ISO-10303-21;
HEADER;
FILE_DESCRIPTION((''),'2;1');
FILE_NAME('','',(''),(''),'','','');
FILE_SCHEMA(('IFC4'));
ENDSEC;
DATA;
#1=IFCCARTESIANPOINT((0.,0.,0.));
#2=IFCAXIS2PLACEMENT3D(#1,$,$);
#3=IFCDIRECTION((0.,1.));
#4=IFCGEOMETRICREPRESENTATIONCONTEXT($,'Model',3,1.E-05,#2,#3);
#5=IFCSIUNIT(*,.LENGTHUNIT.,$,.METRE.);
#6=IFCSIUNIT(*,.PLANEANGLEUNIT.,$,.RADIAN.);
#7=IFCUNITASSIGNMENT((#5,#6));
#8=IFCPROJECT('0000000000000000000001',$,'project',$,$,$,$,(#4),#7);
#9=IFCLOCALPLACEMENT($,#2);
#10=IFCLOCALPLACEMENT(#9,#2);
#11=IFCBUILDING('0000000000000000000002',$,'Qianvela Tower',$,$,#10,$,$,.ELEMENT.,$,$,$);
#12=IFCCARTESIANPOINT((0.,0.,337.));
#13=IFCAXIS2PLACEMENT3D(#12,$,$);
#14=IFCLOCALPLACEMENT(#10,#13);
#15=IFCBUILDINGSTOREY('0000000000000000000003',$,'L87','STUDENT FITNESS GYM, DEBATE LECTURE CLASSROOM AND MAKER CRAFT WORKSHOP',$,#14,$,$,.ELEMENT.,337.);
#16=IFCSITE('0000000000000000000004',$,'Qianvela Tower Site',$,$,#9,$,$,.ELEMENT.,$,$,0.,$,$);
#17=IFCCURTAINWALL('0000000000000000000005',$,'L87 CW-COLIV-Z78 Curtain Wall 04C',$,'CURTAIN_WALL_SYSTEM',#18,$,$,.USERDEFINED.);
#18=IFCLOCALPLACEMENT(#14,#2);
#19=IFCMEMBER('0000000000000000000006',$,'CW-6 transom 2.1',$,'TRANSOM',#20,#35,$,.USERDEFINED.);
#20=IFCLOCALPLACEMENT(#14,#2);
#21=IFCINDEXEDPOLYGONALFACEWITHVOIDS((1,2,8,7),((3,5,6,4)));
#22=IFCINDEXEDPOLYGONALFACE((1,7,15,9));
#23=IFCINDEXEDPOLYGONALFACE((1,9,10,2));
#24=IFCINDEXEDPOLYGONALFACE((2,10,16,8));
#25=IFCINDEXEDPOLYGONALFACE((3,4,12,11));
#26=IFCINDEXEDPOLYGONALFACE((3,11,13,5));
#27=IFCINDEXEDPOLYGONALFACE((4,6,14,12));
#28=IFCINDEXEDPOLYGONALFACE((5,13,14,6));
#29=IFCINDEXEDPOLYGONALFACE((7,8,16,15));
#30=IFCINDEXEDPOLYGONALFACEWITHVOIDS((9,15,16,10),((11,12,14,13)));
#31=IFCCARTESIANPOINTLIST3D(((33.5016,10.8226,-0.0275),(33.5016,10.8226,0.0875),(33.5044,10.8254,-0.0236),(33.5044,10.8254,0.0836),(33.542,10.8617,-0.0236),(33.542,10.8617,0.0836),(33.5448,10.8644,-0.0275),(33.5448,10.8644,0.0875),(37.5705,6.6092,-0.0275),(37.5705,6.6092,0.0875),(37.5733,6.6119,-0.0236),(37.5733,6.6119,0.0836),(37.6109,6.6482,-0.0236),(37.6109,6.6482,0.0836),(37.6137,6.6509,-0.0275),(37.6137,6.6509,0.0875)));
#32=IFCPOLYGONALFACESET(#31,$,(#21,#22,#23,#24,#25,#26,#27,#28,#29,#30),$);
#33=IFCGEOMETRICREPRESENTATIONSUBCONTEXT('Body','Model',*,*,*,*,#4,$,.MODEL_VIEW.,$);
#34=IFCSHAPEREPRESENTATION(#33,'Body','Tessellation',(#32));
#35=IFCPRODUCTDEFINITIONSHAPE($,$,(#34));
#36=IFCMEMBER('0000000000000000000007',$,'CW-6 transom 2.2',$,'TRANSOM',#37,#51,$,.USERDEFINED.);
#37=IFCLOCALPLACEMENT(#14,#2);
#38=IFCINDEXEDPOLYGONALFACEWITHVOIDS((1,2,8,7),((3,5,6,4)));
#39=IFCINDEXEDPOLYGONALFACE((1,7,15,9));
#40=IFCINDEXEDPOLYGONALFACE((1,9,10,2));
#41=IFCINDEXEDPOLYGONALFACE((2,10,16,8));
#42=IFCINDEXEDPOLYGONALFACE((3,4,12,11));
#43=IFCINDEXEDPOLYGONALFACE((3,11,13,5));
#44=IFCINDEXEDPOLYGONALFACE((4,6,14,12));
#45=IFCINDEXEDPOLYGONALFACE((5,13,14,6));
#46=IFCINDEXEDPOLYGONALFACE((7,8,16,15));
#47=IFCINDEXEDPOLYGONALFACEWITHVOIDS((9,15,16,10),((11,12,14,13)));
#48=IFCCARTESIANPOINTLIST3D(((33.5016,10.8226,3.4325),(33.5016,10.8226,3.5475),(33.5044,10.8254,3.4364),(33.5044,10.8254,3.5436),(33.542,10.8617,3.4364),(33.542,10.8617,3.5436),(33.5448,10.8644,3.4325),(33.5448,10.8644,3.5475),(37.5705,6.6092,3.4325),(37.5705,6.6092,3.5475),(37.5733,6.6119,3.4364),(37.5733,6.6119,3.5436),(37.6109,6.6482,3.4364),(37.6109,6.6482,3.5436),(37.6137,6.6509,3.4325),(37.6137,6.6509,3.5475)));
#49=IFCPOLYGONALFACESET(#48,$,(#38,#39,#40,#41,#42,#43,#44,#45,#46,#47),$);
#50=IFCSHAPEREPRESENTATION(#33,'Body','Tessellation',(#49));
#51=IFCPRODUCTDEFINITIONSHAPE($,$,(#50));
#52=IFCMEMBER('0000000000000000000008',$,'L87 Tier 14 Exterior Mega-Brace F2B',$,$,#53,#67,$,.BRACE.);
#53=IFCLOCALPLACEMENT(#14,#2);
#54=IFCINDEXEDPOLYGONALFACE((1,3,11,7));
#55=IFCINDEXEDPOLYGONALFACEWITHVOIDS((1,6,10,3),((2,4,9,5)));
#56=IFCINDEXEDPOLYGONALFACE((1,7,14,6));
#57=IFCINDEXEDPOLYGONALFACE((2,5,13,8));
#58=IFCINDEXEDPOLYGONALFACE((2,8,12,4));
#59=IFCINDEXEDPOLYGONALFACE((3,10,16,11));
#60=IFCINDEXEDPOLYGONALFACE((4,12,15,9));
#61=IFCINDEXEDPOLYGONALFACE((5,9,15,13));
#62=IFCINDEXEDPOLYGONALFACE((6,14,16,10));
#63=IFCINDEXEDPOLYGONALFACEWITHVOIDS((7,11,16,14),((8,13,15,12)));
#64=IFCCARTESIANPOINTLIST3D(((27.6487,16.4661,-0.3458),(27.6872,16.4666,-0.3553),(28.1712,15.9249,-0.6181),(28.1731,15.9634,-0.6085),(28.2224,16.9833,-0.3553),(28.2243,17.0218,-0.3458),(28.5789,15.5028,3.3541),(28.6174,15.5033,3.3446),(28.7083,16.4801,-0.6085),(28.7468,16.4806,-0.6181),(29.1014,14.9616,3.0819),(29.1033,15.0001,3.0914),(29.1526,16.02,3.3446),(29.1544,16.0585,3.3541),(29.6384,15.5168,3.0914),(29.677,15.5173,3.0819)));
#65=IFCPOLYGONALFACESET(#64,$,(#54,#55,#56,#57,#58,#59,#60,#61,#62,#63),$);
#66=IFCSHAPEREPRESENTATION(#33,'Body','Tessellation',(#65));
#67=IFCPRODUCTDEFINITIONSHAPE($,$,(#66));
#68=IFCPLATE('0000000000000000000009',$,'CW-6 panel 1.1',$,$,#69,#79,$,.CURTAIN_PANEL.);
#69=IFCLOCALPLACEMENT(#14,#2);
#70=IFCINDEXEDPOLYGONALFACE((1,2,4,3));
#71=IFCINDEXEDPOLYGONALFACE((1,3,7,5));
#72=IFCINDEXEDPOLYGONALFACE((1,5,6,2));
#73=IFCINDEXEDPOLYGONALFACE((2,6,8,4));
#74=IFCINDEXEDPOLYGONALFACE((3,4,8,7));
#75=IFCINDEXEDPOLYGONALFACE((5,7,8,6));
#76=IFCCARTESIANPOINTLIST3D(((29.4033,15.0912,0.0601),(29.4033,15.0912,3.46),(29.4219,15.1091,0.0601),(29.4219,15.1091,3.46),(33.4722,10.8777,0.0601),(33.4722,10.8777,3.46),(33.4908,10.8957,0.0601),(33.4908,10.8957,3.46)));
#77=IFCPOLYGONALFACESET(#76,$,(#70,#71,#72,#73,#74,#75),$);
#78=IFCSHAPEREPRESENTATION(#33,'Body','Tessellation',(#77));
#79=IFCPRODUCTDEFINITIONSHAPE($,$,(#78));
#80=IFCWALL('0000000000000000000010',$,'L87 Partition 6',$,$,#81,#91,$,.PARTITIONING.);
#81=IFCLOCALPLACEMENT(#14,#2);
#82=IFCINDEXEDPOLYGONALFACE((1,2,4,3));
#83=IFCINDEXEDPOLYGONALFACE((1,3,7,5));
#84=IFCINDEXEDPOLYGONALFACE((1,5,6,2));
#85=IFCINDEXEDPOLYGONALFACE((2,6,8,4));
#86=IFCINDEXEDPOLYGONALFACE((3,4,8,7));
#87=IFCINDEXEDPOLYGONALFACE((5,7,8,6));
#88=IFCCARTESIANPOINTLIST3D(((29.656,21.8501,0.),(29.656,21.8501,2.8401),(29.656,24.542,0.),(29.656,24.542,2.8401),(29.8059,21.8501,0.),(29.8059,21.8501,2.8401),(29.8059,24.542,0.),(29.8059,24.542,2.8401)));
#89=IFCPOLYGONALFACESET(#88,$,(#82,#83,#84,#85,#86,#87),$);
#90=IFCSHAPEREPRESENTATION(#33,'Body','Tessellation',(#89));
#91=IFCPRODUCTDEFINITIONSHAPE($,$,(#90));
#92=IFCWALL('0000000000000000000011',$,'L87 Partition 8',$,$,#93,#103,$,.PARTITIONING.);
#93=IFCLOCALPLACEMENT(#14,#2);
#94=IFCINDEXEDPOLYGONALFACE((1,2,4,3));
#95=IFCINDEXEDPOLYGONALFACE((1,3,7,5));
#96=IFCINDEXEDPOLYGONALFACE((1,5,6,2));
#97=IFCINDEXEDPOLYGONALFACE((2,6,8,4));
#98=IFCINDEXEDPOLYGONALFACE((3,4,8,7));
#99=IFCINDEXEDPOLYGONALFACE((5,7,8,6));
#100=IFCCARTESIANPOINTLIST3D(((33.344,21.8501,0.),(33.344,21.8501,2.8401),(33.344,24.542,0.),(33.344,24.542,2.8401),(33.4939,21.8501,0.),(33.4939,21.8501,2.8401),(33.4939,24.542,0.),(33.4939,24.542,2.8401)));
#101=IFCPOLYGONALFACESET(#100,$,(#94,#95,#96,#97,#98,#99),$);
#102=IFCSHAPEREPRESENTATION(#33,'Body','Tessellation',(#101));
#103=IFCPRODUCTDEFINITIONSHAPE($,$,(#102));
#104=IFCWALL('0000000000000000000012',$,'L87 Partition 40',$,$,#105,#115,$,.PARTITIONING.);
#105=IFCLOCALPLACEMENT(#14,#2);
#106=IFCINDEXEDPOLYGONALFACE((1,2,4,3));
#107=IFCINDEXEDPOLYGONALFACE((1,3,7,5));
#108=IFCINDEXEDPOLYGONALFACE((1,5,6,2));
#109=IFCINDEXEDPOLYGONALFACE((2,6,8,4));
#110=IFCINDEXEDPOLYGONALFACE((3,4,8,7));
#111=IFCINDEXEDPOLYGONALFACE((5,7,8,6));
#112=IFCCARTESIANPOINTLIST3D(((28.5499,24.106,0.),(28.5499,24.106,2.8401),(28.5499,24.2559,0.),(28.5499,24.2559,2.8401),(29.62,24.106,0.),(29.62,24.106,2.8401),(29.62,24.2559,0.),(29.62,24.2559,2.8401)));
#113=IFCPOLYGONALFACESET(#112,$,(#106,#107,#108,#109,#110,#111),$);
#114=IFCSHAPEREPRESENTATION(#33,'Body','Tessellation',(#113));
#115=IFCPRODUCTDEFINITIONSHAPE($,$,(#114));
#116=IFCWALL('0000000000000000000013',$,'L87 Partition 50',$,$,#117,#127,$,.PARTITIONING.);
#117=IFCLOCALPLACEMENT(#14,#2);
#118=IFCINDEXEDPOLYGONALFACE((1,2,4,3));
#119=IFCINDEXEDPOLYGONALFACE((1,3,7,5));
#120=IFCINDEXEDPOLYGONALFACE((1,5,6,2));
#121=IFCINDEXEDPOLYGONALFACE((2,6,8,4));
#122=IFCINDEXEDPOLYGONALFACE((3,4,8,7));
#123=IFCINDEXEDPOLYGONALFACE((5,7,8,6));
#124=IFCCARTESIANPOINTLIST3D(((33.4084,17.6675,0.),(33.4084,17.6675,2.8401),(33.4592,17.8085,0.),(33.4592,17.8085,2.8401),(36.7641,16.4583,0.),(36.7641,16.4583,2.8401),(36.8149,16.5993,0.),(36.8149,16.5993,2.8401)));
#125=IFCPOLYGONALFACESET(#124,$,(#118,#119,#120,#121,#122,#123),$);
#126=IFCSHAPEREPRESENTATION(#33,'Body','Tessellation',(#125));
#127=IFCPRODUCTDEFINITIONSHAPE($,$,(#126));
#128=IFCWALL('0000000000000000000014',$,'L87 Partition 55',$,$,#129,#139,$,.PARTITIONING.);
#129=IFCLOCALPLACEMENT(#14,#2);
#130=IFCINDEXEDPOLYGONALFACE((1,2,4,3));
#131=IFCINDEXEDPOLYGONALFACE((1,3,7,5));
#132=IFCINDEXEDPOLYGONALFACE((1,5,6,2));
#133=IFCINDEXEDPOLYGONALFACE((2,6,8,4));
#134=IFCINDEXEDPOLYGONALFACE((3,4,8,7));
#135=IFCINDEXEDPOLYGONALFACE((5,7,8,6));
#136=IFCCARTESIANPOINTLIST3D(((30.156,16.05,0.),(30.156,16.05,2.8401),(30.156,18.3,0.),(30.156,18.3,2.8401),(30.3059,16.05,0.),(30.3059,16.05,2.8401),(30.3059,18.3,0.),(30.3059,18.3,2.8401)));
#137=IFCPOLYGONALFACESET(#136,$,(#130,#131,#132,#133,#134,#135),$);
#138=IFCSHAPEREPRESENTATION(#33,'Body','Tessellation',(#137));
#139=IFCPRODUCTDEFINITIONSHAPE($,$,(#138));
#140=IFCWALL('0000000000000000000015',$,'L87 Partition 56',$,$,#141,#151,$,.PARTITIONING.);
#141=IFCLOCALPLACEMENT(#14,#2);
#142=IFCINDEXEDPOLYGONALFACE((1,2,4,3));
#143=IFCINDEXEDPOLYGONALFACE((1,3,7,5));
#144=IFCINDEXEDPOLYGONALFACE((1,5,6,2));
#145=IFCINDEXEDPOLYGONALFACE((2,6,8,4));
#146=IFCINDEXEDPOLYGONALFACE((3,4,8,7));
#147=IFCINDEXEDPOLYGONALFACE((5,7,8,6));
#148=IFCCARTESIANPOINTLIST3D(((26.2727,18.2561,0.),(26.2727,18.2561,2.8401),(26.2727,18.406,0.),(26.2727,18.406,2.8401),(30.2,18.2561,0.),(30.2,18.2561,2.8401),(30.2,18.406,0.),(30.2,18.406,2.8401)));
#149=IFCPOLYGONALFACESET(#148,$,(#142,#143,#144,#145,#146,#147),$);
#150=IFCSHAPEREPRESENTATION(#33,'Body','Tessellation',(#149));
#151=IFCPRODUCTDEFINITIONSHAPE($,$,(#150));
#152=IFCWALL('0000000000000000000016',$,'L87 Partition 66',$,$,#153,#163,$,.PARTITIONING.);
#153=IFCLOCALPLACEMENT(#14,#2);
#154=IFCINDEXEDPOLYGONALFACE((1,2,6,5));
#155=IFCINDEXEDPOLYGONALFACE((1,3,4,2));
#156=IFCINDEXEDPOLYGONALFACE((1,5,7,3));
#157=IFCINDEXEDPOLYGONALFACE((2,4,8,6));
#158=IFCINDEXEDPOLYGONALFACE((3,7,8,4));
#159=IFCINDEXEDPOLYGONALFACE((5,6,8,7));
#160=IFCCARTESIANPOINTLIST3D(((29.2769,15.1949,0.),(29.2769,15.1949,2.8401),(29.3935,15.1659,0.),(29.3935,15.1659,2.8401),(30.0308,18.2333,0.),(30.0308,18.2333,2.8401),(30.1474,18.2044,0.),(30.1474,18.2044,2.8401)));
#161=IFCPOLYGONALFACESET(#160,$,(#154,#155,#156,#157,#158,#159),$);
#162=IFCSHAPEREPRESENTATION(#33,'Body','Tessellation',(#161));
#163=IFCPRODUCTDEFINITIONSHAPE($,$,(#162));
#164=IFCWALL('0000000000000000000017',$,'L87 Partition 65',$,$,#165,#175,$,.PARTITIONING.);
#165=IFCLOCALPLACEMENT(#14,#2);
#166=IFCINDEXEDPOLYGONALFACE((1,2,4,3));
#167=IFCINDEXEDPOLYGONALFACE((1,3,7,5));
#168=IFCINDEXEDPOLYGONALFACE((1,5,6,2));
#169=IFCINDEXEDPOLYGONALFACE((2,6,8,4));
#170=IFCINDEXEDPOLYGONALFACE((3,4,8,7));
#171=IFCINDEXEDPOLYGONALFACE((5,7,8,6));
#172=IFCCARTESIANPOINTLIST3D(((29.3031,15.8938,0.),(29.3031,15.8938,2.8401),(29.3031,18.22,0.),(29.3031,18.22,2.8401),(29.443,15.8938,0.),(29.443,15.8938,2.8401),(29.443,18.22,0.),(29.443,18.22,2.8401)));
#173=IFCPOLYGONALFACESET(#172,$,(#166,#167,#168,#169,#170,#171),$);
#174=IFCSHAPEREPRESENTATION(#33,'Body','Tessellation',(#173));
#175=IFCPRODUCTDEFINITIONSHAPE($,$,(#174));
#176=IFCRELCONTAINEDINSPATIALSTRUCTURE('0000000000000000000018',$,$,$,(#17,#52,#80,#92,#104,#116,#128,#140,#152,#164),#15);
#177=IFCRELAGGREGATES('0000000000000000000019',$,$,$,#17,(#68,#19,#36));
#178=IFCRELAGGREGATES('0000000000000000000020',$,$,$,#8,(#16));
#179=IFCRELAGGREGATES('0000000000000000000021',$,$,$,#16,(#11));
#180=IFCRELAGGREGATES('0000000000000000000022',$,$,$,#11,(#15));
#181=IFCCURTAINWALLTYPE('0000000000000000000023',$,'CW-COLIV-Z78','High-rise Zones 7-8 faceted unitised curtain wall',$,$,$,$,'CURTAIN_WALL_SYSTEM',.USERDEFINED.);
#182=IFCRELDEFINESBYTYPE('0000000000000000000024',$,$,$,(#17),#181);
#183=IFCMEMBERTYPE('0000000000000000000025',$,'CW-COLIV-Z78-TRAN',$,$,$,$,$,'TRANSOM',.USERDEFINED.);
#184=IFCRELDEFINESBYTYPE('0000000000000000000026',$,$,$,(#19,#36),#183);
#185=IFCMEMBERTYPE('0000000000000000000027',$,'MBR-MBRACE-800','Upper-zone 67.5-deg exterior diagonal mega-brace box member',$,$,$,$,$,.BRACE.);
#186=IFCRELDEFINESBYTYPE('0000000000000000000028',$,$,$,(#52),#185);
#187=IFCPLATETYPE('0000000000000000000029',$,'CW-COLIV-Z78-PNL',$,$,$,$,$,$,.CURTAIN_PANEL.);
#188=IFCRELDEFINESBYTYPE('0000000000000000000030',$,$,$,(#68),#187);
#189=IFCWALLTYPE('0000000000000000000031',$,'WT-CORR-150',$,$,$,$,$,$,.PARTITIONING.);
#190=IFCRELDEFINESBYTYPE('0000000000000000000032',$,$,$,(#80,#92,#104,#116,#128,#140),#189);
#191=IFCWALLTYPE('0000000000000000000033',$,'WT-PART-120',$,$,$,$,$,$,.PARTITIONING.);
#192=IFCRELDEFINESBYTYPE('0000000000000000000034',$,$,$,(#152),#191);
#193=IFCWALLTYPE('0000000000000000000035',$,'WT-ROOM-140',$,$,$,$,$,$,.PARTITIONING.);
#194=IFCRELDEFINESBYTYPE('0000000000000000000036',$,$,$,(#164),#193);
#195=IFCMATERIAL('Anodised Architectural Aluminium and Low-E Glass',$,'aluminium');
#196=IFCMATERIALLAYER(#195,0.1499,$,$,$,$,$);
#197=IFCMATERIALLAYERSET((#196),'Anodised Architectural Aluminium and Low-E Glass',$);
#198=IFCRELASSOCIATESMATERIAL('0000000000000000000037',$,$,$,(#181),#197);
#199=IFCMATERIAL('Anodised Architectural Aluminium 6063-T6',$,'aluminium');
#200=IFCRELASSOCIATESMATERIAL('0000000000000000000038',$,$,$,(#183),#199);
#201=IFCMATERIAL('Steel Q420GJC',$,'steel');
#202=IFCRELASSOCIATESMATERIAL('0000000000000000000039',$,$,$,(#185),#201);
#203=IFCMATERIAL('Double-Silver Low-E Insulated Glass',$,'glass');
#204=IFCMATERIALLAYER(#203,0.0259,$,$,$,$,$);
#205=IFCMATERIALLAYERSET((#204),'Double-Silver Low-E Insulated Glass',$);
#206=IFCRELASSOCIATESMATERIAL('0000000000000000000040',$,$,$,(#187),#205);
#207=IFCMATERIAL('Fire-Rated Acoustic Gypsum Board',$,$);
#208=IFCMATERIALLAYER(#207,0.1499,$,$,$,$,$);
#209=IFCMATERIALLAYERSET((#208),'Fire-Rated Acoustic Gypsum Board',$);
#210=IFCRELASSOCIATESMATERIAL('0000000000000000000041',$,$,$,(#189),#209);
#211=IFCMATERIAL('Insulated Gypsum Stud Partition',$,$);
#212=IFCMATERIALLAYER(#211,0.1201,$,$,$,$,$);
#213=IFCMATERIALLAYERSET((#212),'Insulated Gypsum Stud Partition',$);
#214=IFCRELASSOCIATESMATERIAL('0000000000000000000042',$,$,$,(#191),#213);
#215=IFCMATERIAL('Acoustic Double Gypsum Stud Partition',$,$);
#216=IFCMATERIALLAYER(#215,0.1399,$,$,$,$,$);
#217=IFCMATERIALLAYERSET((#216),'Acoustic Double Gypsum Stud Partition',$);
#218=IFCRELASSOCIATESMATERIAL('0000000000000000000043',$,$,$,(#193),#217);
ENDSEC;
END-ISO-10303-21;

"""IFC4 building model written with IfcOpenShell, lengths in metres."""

from ifc_helpers import new_model, si_unit, direction, frame, frame_2d, origin, origin_2d, place, context, subcontext, project, spatial, rectangle, hollow_rectangle, extrude, material, layer, layer_set, material_profile, profile_set, type_object, element, aggregate, save


model = new_model("IFC4")

# Units and contexts
model_context = context("Model", 3, precision=1e-05, world=origin(), true_north=direction((0.0, 1.0)))
body_context = subcontext(model_context, "Body", "Model", "MODEL_VIEW")
ifc_project = project(units=[si_unit("LENGTHUNIT", "METRE"), si_unit("PLANEANGLEUNIT", "RADIAN")], contexts=[model_context])

# Site, building, storey
site_placement = place(None, origin())
site = spatial("IfcSite", under=ifc_project, at=site_placement, Name="Qianvela Tower Site", CompositionType="ELEMENT", RefElevation=0.0)
building_placement = place(site_placement, origin())
building = spatial("IfcBuilding", under=site, at=building_placement, Name="Qianvela Tower", CompositionType="ELEMENT")
storey_placement = place(building_placement, frame((0.0, 0.0, 337.0)))
storey = spatial("IfcBuildingStorey", under=building, at=storey_placement, Name="L87", Description="STUDENT FITNESS GYM, DEBATE LECTURE CLASSROOM AND MAKER CRAFT WORKSHOP", CompositionType="ELEMENT", Elevation=337.0)

# Curtain wall, members
ifc_material_1 = material(Name="Anodised Architectural Aluminium and Low-E Glass", Category="aluminium")
ifc_layer_1 = layer(ifc_material_1, 0.1499)
ifc_layer_set_1 = layer_set([ifc_layer_1], Name="Anodised Architectural Aluminium and Low-E Glass")
curtain_wall_type_1 = type_object("IfcCurtainWallType", Name="CW-COLIV-Z78", Description="High-rise Zones 7-8 faceted unitised curtain wall", ElementType="CURTAIN_WALL_SYSTEM", PredefinedType="USERDEFINED", material=ifc_layer_set_1)
curtain_wall_1_placement = place(storey_placement, origin())
curtain_wall_1 = element("IfcCurtainWall", 1, at=curtain_wall_1_placement, inside=storey, type_object=curtain_wall_type_1, Name="L87 CW-COLIV-Z78 Curtain Wall 04C", ObjectType="CURTAIN_WALL_SYSTEM", PredefinedType="USERDEFINED")
ifc_material_2 = material(Name="Anodised Architectural Aluminium 6063-T6", Category="aluminium")
ifc_material_profile_1 = material_profile(ifc_material_2, hollow_rectangle(XDim=0.0601, YDim=0.115, WallThickness=0.0039, at=origin_2d()), Name="ALU-TRAN-60x115")
ifc_profile_set_1 = profile_set([ifc_material_profile_1], Name="Anodised Architectural Aluminium 6063-T6")
member_type_1 = type_object("IfcMemberType", Name="CW-COLIV-Z78-TRAN", ElementType="TRANSOM", PredefinedType="USERDEFINED", material=ifc_profile_set_1)
member_1_placement = place(storey_placement, frame((33.5232, 10.8435, 0.03), z_axis=(0.694661, -0.719337, 0.0), x_axis=(0.719337, 0.694661, 0.0)))
member_1 = element("IfcMember", 2, at=member_1_placement, type_object=member_type_1, Name="CW-6 transom 2.1", ObjectType="TRANSOM", PredefinedType="USERDEFINED", context=body_context, shape_type="SweptSolid", body=[
    extrude(hollow_rectangle(XDim=0.0601, YDim=0.115, WallThickness=0.0039, at=origin_2d()), origin(), (0.0, 0.0, 1.0), 5.8574),
])
member_2_placement = place(storey_placement, frame((33.5232, 10.8435, 3.49), z_axis=(0.694661, -0.719337, 0.0), x_axis=(0.719337, 0.694661, 0.0)))
member_2 = element("IfcMember", 3, at=member_2_placement, type_object=member_type_1, Name="CW-6 transom 2.2", ObjectType="TRANSOM", PredefinedType="USERDEFINED", context=body_context, shape_type="SweptSolid", body=[
    extrude(hollow_rectangle(XDim=0.0601, YDim=0.115, WallThickness=0.0039, at=origin_2d()), origin(), (0.0, 0.0, 1.0), 5.8574),
])

# Member
ifc_material_3 = material(Name="Steel Q420GJC", Category="steel")
ifc_material_profile_2 = material_profile(ifc_material_3, hollow_rectangle(XDim=0.8, YDim=0.8, WallThickness=0.0281, at=origin_2d()), Name="MBOX-800x800x28")
ifc_profile_set_2 = profile_set([ifc_material_profile_2], Name="Steel Q420GJC")
member_type_2 = type_object("IfcMemberType", Name="MBR-MBRACE-800", Description="Upper-zone 67.5-deg exterior diagonal mega-brace box member", PredefinedType="BRACE", material=ifc_profile_set_2)
member_3_placement = place(storey_placement, frame((28.1978, 16.4734, -0.4819), z_axis=(0.236395, -0.244833, 0.940305), x_axis=(0.719395, 0.694601, 0.0)))
element("IfcMember", 4, at=member_3_placement, inside=storey, type_object=member_type_2, Name="L87 Tier 14 Exterior Mega-Brace F2B", PredefinedType="BRACE", context=body_context, shape_type="SweptSolid", body=[
    extrude(hollow_rectangle(XDim=0.8, YDim=0.8, WallThickness=0.0281, at=origin_2d()), origin(), (0.0, 0.0, 1.0), 3.9348),
])

# Plate
ifc_material_4 = material(Name="Double-Silver Low-E Insulated Glass", Category="glass")
ifc_layer_2 = layer(ifc_material_4, 0.0259)
ifc_layer_set_2 = layer_set([ifc_layer_2], Name="Double-Silver Low-E Insulated Glass")
plate_type = type_object("IfcPlateType", Name="CW-COLIV-Z78-PNL", PredefinedType="CURTAIN_PANEL", material=ifc_layer_set_2)
plate_placement = place(storey_placement, frame((31.447, 12.9934, 0.0601), z_axis=(0.0, 0.0, 1.0), x_axis=(0.694658, -0.719341, 0.0)))
plate = element("IfcPlate", 5, at=plate_placement, type_object=plate_type, Name="CW-6 panel 1.1", PredefinedType="CURTAIN_PANEL", context=body_context, shape_type="SweptSolid", body=[
    extrude(rectangle(XDim=5.8574, YDim=0.0259, at=origin_2d()), origin(), (0.0, 0.0, 1.0), 3.3999),
])
aggregate(curtain_wall_1, [plate, member_1, member_2])

# Shared definitions
ifc_material_5 = material(Name="Fire-Rated Acoustic Gypsum Board")
ifc_layer_3 = layer(ifc_material_5, 0.1499)
ifc_layer_set_3 = layer_set([ifc_layer_3], Name="Fire-Rated Acoustic Gypsum Board")
wall_type_1 = type_object("IfcWallType", Name="WT-CORR-150", PredefinedType="PARTITIONING", material=ifc_layer_set_3)

# Walls
for number, where, z_axis, x_axis, name in (
    (6, (29.731, 21.8501, 0.0), (0.0, 0.0, 1.0), (0.0, 1.0, 0.0), "L87 Partition 6"),
    (7, (33.4189, 24.542, 0.0), (0.0, 0.0, 1.0), (0.0, -1.0, 0.0), "L87 Partition 8"),
):
    element("IfcWall", number, at=place(storey_placement, frame(where, z_axis=z_axis, x_axis=x_axis)), inside=storey, type_object=wall_type_1, Name=name, PredefinedType="PARTITIONING", context=body_context, shape_type="SweptSolid", body=[
        extrude(rectangle(XDim=2.6919, YDim=0.1499, at=frame_2d((1.3459, 0.0))), origin(), (0.0, 0.0, 1.0), 2.8401),
    ])
wall_1_placement = place(storey_placement, frame((29.6201, 24.1809, 0.0), z_axis=(0.0, 0.0, 1.0), x_axis=(-1.0, 0.0, 0.0)))
element("IfcWall", 8, at=wall_1_placement, inside=storey, type_object=wall_type_1, Name="L87 Partition 40", PredefinedType="PARTITIONING", context=body_context, shape_type="SweptSolid", body=[
    extrude(rectangle(XDim=1.0701, YDim=0.1499, at=frame_2d((0.5352, 0.0))), origin(), (0.0, 0.0, 1.0), 2.8401),
])
wall_2_placement = place(storey_placement, frame((33.4338, 17.738, 0.0), z_axis=(0.0, 0.0, 1.0), x_axis=(0.940783, -0.33901, 0.0)))
element("IfcWall", 9, at=wall_2_placement, inside=storey, type_object=wall_type_1, Name="L87 Partition 50", PredefinedType="PARTITIONING", context=body_context, shape_type="SweptSolid", body=[
    extrude(rectangle(XDim=3.5669, YDim=0.1499, at=frame_2d((1.7834, 0.0))), origin(), (0.0, 0.0, 1.0), 2.8401),
])
wall_3_placement = place(storey_placement, frame((30.231, 16.05, 0.0), z_axis=(0.0, 0.0, 1.0), x_axis=(0.0, 1.0, 0.0)))
element("IfcWall", 10, at=wall_3_placement, inside=storey, type_object=wall_type_1, Name="L87 Partition 55", PredefinedType="PARTITIONING", context=body_context, shape_type="SweptSolid", body=[
    extrude(rectangle(XDim=2.25, YDim=0.1499, at=frame_2d((1.125, 0.0))), origin(), (0.0, 0.0, 1.0), 2.8401),
])
wall_4_placement = place(storey_placement, frame((30.2, 18.3311, 0.0), z_axis=(0.0, 0.0, 1.0), x_axis=(-1.0, 0.0, 0.0)))
element("IfcWall", 11, at=wall_4_placement, inside=storey, type_object=wall_type_1, Name="L87 Partition 56", PredefinedType="PARTITIONING", context=body_context, shape_type="SweptSolid", body=[
    extrude(rectangle(XDim=3.9272, YDim=0.1499, at=frame_2d((1.9636, 0.0))), origin(), (0.0, 0.0, 1.0), 2.8401),
])
ifc_material_6 = material(Name="Insulated Gypsum Stud Partition")
ifc_layer_4 = layer(ifc_material_6, 0.1201)
ifc_layer_set_4 = layer_set([ifc_layer_4], Name="Insulated Gypsum Stud Partition")
wall_type_2 = type_object("IfcWallType", Name="WT-PART-120", PredefinedType="PARTITIONING", material=ifc_layer_set_4)
wall_5_placement = place(storey_placement, frame((30.0891, 18.219, 0.0), z_axis=(0.0, 0.0, 1.0), x_axis=(-0.24081, -0.970572, 0.0)))
element("IfcWall", 12, at=wall_5_placement, inside=storey, type_object=wall_type_2, Name="L87 Partition 66", PredefinedType="PARTITIONING", context=body_context, shape_type="SweptSolid", body=[
    extrude(rectangle(XDim=3.1306, YDim=0.1201, at=frame_2d((1.5654, 0.0))), origin(), (0.0, 0.0, 1.0), 2.8401),
])
ifc_material_7 = material(Name="Acoustic Double Gypsum Stud Partition")
ifc_layer_5 = layer(ifc_material_7, 0.1399)
ifc_layer_set_5 = layer_set([ifc_layer_5], Name="Acoustic Double Gypsum Stud Partition")
wall_type_3 = type_object("IfcWallType", Name="WT-ROOM-140", PredefinedType="PARTITIONING", material=ifc_layer_set_5)
wall_6_placement = place(storey_placement, frame((29.373, 15.8938, 0.0), z_axis=(0.0, 0.0, 1.0), x_axis=(0.0, 1.0, 0.0)))
element("IfcWall", 13, at=wall_6_placement, inside=storey, type_object=wall_type_3, Name="L87 Partition 65", PredefinedType="PARTITIONING", context=body_context, shape_type="SweptSolid", body=[
    extrude(rectangle(XDim=2.3262, YDim=0.1399, at=frame_2d((1.1631, 0.0))), origin(), (0.0, 0.0, 1.0), 2.8401),
])

save(model, "model.ifc")
